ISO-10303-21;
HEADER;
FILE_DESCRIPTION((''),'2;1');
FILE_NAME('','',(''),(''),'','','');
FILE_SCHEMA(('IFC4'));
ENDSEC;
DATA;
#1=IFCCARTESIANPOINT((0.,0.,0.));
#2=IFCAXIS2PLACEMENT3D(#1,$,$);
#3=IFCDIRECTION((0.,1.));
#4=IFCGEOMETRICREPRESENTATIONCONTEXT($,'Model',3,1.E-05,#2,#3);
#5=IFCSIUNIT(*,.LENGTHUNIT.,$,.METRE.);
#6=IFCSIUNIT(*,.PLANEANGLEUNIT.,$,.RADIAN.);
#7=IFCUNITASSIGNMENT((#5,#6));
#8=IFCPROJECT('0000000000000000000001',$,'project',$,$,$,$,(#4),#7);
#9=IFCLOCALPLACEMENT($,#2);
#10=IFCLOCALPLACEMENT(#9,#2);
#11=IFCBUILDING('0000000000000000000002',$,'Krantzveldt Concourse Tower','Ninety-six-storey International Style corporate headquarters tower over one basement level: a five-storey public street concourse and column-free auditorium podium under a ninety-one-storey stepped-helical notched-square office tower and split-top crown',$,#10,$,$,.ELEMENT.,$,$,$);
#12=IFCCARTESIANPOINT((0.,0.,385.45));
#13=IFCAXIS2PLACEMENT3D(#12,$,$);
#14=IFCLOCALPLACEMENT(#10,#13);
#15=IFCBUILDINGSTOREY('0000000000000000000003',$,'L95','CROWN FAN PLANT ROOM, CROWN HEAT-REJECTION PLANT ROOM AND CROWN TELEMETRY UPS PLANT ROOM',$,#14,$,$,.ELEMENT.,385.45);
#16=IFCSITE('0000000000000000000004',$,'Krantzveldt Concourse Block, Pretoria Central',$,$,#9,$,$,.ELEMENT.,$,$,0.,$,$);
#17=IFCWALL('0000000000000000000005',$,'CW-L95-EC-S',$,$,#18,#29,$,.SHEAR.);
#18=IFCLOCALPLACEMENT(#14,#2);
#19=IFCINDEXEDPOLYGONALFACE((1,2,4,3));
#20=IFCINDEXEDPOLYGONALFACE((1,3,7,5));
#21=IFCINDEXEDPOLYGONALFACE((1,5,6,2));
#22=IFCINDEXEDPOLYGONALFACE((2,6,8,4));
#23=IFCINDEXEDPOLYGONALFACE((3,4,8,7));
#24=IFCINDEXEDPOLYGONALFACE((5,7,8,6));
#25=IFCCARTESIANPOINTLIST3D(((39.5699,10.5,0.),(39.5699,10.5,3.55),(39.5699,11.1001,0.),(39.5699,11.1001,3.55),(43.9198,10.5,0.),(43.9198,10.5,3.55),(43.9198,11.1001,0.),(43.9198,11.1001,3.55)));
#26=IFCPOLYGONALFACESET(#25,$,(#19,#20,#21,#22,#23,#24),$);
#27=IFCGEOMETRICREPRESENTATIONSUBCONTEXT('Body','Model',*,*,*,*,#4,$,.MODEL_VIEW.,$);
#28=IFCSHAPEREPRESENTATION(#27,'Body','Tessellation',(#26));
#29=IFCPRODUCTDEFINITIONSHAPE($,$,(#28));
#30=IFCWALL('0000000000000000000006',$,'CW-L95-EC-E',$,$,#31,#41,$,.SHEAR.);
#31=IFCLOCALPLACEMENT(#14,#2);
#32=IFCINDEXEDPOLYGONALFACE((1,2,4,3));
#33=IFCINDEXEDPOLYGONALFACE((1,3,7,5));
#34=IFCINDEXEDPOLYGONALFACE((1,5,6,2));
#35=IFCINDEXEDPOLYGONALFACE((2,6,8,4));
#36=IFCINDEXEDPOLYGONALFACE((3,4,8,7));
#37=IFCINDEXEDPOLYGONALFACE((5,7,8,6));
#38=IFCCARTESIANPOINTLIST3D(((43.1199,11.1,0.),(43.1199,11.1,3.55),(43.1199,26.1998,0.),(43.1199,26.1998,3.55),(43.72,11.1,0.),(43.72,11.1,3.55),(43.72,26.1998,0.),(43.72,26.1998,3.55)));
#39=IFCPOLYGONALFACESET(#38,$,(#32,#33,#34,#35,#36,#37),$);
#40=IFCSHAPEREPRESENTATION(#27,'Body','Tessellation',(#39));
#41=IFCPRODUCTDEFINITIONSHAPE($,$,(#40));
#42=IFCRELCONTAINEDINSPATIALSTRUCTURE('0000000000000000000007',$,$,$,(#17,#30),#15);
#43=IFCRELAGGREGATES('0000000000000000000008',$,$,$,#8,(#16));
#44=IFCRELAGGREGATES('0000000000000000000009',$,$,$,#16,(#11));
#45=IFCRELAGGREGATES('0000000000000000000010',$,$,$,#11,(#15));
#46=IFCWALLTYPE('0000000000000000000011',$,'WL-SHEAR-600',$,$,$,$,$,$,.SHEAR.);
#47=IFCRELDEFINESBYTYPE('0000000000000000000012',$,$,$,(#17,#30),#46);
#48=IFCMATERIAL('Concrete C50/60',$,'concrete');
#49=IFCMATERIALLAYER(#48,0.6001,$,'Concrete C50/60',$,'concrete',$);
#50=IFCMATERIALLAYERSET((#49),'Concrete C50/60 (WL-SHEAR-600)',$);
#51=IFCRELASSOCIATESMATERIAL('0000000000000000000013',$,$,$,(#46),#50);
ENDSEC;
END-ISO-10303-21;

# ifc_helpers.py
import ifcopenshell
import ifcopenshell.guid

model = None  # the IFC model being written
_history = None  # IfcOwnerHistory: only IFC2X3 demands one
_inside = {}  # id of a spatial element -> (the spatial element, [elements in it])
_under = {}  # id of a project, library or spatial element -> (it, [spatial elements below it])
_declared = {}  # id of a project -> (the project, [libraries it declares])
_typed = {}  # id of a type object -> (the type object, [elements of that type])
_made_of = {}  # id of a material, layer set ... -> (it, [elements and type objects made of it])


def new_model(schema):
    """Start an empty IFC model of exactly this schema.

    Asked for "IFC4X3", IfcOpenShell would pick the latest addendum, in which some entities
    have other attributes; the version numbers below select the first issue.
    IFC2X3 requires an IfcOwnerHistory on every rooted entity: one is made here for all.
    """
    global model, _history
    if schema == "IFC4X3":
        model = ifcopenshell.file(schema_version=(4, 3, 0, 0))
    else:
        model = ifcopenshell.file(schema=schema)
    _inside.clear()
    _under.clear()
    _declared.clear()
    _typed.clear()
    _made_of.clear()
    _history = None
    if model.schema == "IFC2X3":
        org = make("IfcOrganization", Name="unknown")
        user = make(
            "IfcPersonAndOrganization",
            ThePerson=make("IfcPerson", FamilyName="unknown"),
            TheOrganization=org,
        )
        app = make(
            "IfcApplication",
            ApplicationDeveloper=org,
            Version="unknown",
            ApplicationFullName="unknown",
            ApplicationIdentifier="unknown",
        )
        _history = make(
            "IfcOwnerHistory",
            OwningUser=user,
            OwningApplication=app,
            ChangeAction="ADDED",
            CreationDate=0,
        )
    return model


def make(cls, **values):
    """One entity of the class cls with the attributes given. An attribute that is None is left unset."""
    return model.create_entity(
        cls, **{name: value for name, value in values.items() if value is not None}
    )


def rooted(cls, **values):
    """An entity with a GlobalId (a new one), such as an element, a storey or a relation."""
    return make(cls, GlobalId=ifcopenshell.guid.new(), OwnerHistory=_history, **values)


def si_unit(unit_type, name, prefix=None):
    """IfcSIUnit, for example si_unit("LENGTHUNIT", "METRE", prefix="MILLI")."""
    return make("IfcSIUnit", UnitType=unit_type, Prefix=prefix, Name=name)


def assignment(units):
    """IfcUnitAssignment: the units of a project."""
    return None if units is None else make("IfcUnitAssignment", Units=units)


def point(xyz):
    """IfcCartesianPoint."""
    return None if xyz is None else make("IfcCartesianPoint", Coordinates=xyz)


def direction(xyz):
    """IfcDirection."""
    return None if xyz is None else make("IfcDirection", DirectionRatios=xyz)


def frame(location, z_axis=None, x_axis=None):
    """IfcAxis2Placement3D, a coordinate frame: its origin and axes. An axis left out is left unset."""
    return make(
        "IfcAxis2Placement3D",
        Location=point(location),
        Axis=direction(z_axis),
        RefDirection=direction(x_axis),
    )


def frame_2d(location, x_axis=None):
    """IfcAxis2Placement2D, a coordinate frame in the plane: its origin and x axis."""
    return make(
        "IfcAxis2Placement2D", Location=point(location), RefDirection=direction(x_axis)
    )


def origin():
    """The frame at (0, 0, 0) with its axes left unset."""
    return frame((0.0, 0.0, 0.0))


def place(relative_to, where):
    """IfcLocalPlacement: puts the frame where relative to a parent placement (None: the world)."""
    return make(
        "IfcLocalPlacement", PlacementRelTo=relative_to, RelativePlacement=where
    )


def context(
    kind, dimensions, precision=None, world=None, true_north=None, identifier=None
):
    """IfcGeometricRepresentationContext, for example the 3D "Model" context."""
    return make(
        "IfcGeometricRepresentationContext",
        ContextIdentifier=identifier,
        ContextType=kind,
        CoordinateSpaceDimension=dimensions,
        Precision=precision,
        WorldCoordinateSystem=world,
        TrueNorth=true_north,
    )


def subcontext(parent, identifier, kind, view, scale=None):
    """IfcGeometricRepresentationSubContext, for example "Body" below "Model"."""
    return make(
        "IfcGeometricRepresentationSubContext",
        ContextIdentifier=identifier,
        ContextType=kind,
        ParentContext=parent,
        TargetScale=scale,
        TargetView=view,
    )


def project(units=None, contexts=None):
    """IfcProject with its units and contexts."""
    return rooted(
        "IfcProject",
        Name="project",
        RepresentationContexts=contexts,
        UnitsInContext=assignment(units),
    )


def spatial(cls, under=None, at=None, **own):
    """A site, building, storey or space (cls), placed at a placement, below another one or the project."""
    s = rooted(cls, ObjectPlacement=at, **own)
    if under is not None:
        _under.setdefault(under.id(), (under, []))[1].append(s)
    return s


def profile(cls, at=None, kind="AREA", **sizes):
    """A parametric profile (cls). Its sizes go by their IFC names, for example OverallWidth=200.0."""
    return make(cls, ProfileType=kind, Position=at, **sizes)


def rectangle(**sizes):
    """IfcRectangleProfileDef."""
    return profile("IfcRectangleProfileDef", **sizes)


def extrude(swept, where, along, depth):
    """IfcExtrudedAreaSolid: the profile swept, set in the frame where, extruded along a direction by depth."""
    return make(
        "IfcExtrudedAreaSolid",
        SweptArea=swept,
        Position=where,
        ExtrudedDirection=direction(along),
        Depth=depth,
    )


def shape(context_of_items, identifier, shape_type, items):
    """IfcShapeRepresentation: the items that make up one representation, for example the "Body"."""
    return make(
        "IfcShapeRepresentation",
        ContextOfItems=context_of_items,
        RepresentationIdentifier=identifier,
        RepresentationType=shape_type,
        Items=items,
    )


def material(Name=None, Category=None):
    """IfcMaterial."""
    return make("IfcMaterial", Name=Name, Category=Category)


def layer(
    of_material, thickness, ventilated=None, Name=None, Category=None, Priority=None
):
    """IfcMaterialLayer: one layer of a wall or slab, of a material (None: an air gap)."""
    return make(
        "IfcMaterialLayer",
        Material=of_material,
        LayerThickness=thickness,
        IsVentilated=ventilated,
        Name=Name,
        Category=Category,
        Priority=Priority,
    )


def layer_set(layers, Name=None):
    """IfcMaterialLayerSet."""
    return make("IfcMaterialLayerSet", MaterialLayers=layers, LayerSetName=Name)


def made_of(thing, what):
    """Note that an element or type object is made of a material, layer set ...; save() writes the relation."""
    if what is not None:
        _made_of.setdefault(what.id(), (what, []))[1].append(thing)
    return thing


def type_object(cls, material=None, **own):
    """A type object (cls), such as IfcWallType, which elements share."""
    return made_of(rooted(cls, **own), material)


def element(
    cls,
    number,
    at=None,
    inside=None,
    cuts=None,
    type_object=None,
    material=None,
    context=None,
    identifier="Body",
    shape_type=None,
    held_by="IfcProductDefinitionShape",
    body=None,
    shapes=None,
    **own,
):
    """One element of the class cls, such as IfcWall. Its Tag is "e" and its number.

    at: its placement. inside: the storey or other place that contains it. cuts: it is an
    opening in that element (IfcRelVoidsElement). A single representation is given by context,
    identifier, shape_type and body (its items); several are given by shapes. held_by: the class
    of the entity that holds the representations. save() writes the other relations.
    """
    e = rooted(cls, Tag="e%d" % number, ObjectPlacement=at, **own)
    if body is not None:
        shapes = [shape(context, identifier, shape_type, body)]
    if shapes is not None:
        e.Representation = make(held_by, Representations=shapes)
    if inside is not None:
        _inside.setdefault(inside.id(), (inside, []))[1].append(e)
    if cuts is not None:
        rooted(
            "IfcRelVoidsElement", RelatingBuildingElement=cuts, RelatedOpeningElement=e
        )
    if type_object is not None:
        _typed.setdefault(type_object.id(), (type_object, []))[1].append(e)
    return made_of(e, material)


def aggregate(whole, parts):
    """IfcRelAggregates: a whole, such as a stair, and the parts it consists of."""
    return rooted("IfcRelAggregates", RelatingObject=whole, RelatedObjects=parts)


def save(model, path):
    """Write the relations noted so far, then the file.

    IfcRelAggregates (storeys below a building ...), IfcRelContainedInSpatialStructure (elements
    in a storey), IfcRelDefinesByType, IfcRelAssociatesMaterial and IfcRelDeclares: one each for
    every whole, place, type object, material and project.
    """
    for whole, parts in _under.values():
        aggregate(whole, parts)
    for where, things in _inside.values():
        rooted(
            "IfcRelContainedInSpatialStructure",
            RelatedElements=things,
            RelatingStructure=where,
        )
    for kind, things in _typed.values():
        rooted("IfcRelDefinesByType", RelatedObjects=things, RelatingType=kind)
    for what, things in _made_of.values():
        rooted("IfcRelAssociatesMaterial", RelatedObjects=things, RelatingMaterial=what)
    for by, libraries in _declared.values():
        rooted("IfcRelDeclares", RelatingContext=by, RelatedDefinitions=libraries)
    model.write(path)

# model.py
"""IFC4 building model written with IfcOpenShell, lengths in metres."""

from ifc_helpers import new_model, si_unit, direction, frame, frame_2d, origin, place, context, subcontext, project, spatial, rectangle, extrude, material, layer, layer_set, type_object, element, save


model = new_model("IFC4")

# Units and contexts
model_context = context("Model", 3, precision=1e-05, world=origin(), true_north=direction((0.0, 1.0)))
body_context = subcontext(model_context, "Body", "Model", "MODEL_VIEW")
ifc_project = project(units=[si_unit("LENGTHUNIT", "METRE"), si_unit("PLANEANGLEUNIT", "RADIAN")], contexts=[model_context])

# Site, building, storey
site_placement = place(None, origin())
site = spatial("IfcSite", under=ifc_project, at=site_placement, Name="Krantzveldt Concourse Block, Pretoria Central", CompositionType="ELEMENT", RefElevation=0.0)
building_placement = place(site_placement, origin())
building = spatial("IfcBuilding", under=site, at=building_placement, Name="Krantzveldt Concourse Tower", Description="Ninety-six-storey International Style corporate headquarters tower over one basement level: a five-storey public street concourse and column-free auditorium podium under a ninety-one-storey stepped-helical notched-square office tower and split-top crown", CompositionType="ELEMENT")
storey_placement = place(building_placement, frame((0.0, 0.0, 385.45)))
storey = spatial("IfcBuildingStorey", under=building, at=storey_placement, Name="L95", Description="CROWN FAN PLANT ROOM, CROWN HEAT-REJECTION PLANT ROOM AND CROWN TELEMETRY UPS PLANT ROOM", CompositionType="ELEMENT", Elevation=385.45)

# Shared definitions
ifc_material_1 = material(Name="Concrete C50/60", Category="concrete")

# Walls
ifc_layer_1 = layer(ifc_material_1, 0.6001, Name="Concrete C50/60", Category="concrete")
ifc_layer_set_1 = layer_set([ifc_layer_1], Name="Concrete C50/60 (WL-SHEAR-600)")
wall_type_1 = type_object("IfcWallType", Name="WL-SHEAR-600", PredefinedType="SHEAR", material=ifc_layer_set_1)
wall_1_placement = place(storey_placement, frame((39.5701, 10.8, 0.0), z_axis=(0.0, 0.0, 1.0), x_axis=(1.0, 0.0, 0.0)))
element("IfcWall", 1, at=wall_1_placement, inside=storey, type_object=wall_type_1, Name="CW-L95-EC-S", PredefinedType="SHEAR", context=body_context, shape_type="SweptSolid", body=[
    extrude(rectangle(XDim=4.3499, YDim=0.6001, at=frame_2d((2.1748, 0.0))), origin(), (0.0, 0.0, 1.0), 3.55),
])
wall_2_placement = place(storey_placement, frame((43.4199, 11.1001, 0.0), z_axis=(0.0, 0.0, 1.0), x_axis=(0.0, 1.0, 0.0)))
element("IfcWall", 2, at=wall_2_placement, inside=storey, type_object=wall_type_1, Name="CW-L95-EC-E", PredefinedType="SHEAR", context=body_context, shape_type="SweptSolid", body=[
    extrude(rectangle(XDim=15.0999, YDim=0.6001, at=frame_2d((7.5498, 0.0))), origin(), (0.0, 0.0, 1.0), 3.55),
])

save(model, "model.ifc")
